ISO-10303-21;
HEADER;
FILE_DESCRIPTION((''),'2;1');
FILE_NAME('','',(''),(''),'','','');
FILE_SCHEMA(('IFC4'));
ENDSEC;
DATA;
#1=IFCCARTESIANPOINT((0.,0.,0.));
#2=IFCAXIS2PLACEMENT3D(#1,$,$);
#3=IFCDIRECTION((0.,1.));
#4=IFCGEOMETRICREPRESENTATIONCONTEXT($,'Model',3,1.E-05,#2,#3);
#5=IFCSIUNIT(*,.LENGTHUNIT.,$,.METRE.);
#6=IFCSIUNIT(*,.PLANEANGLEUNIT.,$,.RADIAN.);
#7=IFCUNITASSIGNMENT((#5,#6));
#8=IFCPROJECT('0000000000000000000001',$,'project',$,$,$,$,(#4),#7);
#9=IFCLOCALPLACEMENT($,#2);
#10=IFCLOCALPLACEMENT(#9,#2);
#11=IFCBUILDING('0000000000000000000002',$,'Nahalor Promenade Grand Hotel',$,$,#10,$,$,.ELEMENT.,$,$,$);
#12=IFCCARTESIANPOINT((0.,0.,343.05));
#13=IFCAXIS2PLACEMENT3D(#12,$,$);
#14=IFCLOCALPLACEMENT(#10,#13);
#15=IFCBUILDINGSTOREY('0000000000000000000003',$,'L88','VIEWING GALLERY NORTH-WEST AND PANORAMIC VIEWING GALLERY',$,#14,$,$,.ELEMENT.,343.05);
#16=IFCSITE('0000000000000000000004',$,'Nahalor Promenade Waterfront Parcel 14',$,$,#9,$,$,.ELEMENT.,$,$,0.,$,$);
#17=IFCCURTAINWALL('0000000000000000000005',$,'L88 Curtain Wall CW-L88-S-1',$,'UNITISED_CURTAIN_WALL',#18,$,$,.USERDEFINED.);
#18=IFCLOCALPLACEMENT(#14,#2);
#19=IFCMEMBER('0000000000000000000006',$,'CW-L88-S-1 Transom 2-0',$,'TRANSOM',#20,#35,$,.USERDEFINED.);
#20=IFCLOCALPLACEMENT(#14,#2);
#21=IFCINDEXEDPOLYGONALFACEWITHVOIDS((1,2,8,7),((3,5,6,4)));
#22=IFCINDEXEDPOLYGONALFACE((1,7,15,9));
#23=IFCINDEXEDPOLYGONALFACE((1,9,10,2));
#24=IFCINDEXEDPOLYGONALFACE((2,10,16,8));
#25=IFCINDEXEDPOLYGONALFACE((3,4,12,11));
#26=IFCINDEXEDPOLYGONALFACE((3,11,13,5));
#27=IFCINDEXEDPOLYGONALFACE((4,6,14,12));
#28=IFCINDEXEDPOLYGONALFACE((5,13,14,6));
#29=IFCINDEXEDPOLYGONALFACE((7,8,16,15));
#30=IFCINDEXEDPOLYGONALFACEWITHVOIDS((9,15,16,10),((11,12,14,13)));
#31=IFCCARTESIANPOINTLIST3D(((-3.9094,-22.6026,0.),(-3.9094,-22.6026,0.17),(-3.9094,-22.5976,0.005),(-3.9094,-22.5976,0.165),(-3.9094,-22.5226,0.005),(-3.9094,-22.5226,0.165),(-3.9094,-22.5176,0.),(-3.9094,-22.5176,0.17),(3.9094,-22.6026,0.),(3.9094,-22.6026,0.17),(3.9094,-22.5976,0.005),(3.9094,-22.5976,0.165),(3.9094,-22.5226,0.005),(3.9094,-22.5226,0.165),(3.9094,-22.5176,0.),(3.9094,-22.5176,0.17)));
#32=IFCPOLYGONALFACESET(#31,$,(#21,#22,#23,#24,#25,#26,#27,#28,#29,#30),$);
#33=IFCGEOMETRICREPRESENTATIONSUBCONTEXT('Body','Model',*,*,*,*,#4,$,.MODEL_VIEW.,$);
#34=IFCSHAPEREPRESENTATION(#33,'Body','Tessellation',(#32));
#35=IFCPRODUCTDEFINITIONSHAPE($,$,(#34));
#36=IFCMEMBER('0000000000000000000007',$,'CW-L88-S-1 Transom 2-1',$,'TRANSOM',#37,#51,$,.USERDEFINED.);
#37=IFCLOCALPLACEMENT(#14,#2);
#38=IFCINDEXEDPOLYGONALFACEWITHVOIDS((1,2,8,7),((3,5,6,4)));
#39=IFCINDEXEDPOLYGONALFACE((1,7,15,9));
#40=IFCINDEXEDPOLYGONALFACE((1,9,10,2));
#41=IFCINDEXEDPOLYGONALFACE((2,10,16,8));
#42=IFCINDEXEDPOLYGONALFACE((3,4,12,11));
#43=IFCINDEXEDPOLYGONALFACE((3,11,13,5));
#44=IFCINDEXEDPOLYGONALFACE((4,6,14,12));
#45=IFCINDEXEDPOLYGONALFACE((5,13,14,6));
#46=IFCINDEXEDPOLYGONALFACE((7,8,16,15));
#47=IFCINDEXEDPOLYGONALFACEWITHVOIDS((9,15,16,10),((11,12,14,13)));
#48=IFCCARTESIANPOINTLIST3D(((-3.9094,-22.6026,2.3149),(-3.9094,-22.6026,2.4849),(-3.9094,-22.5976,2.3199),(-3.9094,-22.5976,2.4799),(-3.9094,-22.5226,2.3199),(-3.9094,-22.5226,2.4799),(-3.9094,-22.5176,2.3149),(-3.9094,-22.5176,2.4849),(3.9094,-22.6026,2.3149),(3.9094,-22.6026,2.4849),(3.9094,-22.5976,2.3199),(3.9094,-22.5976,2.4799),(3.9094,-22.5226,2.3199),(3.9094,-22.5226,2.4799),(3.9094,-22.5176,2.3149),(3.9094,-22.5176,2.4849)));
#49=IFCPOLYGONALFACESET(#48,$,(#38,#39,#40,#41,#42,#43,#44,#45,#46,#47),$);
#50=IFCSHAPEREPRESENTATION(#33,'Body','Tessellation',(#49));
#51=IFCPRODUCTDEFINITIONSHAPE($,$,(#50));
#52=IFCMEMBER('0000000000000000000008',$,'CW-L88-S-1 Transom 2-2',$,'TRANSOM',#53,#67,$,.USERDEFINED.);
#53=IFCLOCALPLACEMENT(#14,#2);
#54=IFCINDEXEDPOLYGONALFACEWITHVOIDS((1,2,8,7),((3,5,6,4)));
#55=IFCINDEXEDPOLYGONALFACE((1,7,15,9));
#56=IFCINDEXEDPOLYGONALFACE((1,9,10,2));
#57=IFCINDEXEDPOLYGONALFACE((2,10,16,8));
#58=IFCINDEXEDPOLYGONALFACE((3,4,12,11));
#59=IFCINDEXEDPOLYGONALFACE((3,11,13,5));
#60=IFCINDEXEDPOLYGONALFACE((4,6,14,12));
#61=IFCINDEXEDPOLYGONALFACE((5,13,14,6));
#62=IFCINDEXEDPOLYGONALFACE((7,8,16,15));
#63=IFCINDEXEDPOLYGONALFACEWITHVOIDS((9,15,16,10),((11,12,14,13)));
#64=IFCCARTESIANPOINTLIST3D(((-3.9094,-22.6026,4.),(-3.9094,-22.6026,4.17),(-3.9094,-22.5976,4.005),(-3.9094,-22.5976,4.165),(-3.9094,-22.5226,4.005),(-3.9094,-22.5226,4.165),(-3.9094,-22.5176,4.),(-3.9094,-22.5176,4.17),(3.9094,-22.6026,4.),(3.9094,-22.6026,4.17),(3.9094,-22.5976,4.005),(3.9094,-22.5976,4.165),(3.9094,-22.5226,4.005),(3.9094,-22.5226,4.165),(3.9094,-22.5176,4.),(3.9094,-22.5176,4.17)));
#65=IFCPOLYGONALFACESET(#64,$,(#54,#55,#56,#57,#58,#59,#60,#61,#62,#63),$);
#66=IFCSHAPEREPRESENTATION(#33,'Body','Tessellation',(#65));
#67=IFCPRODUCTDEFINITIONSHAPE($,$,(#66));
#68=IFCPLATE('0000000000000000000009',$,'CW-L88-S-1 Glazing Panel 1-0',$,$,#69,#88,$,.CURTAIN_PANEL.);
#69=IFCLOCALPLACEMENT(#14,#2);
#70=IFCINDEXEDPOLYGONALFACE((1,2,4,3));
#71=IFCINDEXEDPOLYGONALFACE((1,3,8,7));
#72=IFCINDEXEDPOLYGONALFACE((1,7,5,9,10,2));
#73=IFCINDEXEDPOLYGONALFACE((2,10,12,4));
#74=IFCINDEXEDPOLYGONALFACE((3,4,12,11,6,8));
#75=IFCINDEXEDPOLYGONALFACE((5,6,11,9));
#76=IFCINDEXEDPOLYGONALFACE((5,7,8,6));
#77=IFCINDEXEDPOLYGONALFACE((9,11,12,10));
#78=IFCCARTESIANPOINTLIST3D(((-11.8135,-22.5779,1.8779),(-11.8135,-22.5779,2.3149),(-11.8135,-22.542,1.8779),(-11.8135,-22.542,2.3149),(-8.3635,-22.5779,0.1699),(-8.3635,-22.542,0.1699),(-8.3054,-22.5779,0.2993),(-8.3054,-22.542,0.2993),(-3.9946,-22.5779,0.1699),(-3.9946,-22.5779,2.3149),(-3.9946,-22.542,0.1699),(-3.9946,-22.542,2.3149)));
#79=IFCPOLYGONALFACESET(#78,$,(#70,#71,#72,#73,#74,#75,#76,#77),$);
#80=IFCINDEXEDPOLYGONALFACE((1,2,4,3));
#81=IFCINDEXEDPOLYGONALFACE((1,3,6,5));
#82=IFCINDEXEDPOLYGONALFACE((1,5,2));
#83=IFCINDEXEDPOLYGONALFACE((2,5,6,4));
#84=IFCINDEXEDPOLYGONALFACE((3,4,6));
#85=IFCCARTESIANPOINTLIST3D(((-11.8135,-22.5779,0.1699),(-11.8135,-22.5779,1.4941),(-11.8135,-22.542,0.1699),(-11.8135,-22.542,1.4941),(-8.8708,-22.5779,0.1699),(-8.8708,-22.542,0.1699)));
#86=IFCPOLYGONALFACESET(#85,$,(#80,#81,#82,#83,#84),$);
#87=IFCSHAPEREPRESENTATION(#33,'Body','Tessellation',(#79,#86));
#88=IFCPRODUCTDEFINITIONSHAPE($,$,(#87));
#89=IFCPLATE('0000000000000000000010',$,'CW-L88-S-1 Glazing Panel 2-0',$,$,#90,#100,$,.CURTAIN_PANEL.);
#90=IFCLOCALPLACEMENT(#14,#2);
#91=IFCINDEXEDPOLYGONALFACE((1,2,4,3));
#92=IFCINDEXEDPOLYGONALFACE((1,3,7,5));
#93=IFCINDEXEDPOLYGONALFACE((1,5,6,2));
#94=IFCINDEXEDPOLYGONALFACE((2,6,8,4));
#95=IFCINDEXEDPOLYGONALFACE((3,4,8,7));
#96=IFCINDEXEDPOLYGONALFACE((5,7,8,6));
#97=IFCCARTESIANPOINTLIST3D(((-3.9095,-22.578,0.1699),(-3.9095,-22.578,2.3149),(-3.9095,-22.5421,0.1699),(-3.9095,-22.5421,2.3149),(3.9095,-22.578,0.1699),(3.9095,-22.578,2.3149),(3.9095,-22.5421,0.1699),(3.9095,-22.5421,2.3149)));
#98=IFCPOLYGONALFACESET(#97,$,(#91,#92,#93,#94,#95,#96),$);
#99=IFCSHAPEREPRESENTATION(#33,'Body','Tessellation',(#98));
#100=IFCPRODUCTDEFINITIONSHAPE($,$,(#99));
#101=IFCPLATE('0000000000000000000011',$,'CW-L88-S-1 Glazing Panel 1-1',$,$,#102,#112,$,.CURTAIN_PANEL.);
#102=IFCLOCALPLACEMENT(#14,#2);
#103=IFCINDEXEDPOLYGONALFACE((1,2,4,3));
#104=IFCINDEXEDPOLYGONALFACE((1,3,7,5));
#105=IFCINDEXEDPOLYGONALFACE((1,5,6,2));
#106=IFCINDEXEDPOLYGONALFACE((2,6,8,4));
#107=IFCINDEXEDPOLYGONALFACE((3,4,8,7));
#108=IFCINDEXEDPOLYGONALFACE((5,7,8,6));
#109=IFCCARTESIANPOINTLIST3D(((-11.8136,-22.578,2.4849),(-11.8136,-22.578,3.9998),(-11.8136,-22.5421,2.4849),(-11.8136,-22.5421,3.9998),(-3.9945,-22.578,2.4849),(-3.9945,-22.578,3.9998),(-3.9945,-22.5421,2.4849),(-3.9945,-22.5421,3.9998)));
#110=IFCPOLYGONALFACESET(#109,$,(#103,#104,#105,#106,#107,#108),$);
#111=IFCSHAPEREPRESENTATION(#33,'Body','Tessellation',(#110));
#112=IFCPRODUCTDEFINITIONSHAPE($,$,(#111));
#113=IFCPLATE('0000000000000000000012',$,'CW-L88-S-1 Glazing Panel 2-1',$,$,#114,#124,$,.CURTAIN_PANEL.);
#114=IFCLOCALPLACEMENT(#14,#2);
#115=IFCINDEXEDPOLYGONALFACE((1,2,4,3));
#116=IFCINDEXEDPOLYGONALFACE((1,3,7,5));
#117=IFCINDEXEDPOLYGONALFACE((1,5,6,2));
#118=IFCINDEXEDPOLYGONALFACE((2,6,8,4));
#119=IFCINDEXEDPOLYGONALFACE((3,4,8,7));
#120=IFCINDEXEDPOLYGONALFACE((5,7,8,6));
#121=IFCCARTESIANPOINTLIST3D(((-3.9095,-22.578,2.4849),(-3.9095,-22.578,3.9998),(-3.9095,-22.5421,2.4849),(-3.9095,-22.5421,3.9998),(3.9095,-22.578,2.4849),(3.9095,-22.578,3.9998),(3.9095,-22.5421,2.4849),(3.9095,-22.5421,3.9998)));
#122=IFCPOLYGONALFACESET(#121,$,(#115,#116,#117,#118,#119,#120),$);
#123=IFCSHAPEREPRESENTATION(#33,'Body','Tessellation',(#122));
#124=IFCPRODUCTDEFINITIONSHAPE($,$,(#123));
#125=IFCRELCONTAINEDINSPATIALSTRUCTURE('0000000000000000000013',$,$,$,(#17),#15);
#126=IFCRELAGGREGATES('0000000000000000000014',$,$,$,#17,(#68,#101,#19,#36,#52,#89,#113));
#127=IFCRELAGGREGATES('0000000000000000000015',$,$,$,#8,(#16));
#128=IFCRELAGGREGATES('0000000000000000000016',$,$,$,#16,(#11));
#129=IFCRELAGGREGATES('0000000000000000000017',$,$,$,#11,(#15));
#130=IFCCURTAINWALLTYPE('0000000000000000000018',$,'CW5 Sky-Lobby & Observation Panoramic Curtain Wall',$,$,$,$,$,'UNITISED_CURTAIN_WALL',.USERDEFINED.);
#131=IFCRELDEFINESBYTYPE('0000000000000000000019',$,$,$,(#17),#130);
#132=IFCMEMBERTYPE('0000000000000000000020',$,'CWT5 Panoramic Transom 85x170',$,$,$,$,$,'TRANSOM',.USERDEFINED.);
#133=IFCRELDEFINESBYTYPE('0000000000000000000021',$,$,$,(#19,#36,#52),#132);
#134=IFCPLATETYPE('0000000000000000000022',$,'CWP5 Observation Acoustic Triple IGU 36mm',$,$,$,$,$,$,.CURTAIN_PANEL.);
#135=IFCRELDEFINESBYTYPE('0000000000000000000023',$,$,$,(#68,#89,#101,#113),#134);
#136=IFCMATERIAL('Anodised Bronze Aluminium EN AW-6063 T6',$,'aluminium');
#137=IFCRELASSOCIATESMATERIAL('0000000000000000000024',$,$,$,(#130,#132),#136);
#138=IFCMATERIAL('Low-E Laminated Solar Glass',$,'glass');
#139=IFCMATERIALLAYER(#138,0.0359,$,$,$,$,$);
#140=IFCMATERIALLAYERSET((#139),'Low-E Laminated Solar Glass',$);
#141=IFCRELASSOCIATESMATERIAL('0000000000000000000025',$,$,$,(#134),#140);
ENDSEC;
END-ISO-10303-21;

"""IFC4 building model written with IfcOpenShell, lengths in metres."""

from ifc_helpers import new_model, si_unit, direction, frame, origin, origin_2d, place, context, subcontext, project, spatial, polyline, rectangle, hollow_rectangle, outline, extrude, source, transform, mapped, material, layer, layer_set, material_profile, profile_set, type_object, element, aggregate, save


model = new_model("IFC4")

# Units and contexts
model_context = context("Model", 3, precision=1e-05, world=origin(), true_north=direction((0.0, 1.0)))
body_context = subcontext(model_context, "Body", "Model", "MODEL_VIEW")
ifc_project = project(units=[si_unit("LENGTHUNIT", "METRE"), si_unit("PLANEANGLEUNIT", "RADIAN")], contexts=[model_context])

# Site, building, storey
site_placement = place(None, origin())
site = spatial("IfcSite", under=ifc_project, at=site_placement, Name="Nahalor Promenade Waterfront Parcel 14", CompositionType="ELEMENT", RefElevation=0.0)
building_placement = place(site_placement, origin())
building = spatial("IfcBuilding", under=site, at=building_placement, Name="Nahalor Promenade Grand Hotel", CompositionType="ELEMENT")
storey_placement = place(building_placement, frame((0.0, 0.0, 343.05)))
storey = spatial("IfcBuildingStorey", under=building, at=storey_placement, Name="L88", Description="VIEWING GALLERY NORTH-WEST AND PANORAMIC VIEWING GALLERY", CompositionType="ELEMENT", Elevation=343.05)

# Curtain wall, members, plates
ifc_material_1 = material(Name="Anodised Bronze Aluminium EN AW-6063 T6", Category="aluminium")
curtain_wall_type = type_object("IfcCurtainWallType", Name="CW5 Sky-Lobby & Observation Panoramic Curtain Wall", ElementType="UNITISED_CURTAIN_WALL", PredefinedType="USERDEFINED", material=ifc_material_1)
curtain_wall_placement = place(storey_placement, origin())
curtain_wall = element("IfcCurtainWall", 1, at=curtain_wall_placement, inside=storey, type_object=curtain_wall_type, Name="L88 Curtain Wall CW-L88-S-1", ObjectType="UNITISED_CURTAIN_WALL", PredefinedType="USERDEFINED")
ifc_material_profile_1 = material_profile(ifc_material_1, hollow_rectangle(XDim=0.085, YDim=0.17, WallThickness=0.005, at=origin_2d()), Name="CWT 85x170x5")
ifc_profile_set_1 = profile_set([ifc_material_profile_1], Name="Anodised Bronze Aluminium EN AW-6063 T6")
member_type_1 = type_object("IfcMemberType", Name="CWT5 Panoramic Transom 85x170", ElementType="TRANSOM", PredefinedType="USERDEFINED", material=ifc_profile_set_1)
shared_shape_1 = source(origin(), body_context, "Body", "SweptSolid", [
    extrude(hollow_rectangle(XDim=0.085, YDim=0.17, WallThickness=0.005, at=origin_2d()), origin(), (0.0, 0.0, 1.0), 7.8188),
])
member_1_placement = place(storey_placement, frame((-3.9094, -22.5601, 0.085), z_axis=(1.0, 0.0, 0.0), x_axis=(0.0, 1.0, 0.0)))
member_1 = element("IfcMember", 2, at=member_1_placement, type_object=member_type_1, Name="CW-L88-S-1 Transom 2-0", ObjectType="TRANSOM", PredefinedType="USERDEFINED", context=body_context, shape_type="MappedRepresentation", body=[
    mapped(shared_shape_1, transform((0.0, 0.0, 0.0), scale=1.0)),
])
member_2_placement = place(storey_placement, frame((-3.9094, -22.5601, 2.3999), z_axis=(1.0, 0.0, 0.0), x_axis=(0.0, 1.0, 0.0)))
member_2 = element("IfcMember", 3, at=member_2_placement, type_object=member_type_1, Name="CW-L88-S-1 Transom 2-1", ObjectType="TRANSOM", PredefinedType="USERDEFINED", context=body_context, shape_type="MappedRepresentation", body=[
    mapped(shared_shape_1, transform((0.0, 0.0, 0.0), scale=1.0)),
])
member_3_placement = place(storey_placement, frame((-3.9094, -22.5601, 4.085), z_axis=(1.0, 0.0, 0.0), x_axis=(0.0, 1.0, 0.0)))
member_3 = element("IfcMember", 4, at=member_3_placement, type_object=member_type_1, Name="CW-L88-S-1 Transom 2-2", ObjectType="TRANSOM", PredefinedType="USERDEFINED", context=body_context, shape_type="MappedRepresentation", body=[
    mapped(shared_shape_1, transform((0.0, 0.0, 0.0), scale=1.0)),
])
ifc_material_2 = material(Name="Low-E Laminated Solar Glass", Category="glass")
ifc_layer = layer(ifc_material_2, 0.0359)
ifc_layer_set = layer_set([ifc_layer], Name="Low-E Laminated Solar Glass")
plate_type = type_object("IfcPlateType", Name="CWP5 Observation Acoustic Triple IGU 36mm", PredefinedType="CURTAIN_PANEL", material=ifc_layer_set)
plate_1_placement = place(storey_placement, frame((-7.9041, -22.5601, 0.1699), z_axis=(0.0, 0.0, 1.0), x_axis=(1.0, 0.0, 0.0)))
plate_1 = element("IfcPlate", 5, at=plate_1_placement, type_object=plate_type, Name="CW-L88-S-1 Glazing Panel 1-0", PredefinedType="CURTAIN_PANEL", context=body_context, shape_type="SweptSolid", body=[
    extrude(outline(polyline([(3.9094, 2.145), (-3.9094, 2.145), (-3.9094, 1.708), (-0.4014, 0.1294), (-0.4595, 0.0), (3.9094, 0.0), (3.9094, 2.145)])), frame((0.0, 0.0181, 0.0), z_axis=(0.0, -1.0, 0.0), x_axis=(1.0, 0.0, 0.0)), (0.0, 0.0, 1.0), 0.0359),
    extrude(outline(polyline([(-3.9094, 1.3242), (-3.9094, 0.0), (-0.9668, 0.0), (-3.9094, 1.3242)])), frame((0.0, 0.0181, 0.0), z_axis=(0.0, -1.0, 0.0), x_axis=(1.0, 0.0, 0.0)), (0.0, 0.0, 1.0), 0.0359),
])
shared_shape_2 = source(origin(), body_context, "Body", "SweptSolid", [
    extrude(rectangle(XDim=7.8191, YDim=0.0359, at=origin_2d()), origin(), (0.0, 0.0, 1.0), 2.145),
])
plate_2_placement = place(storey_placement, frame((0.0, -22.5601, 0.1699), z_axis=(0.0, 0.0, 1.0), x_axis=(1.0, 0.0, 0.0)))
plate_2 = element("IfcPlate", 6, at=plate_2_placement, type_object=plate_type, Name="CW-L88-S-1 Glazing Panel 2-0", PredefinedType="CURTAIN_PANEL", context=body_context, shape_type="MappedRepresentation", body=[
    mapped(shared_shape_2, transform((0.0, 0.0, 0.0), scale=1.0)),
])
shared_shape_3 = source(origin(), body_context, "Body", "SweptSolid", [
    extrude(rectangle(XDim=7.8191, YDim=0.0359, at=origin_2d()), origin(), (0.0, 0.0, 1.0), 1.5149),
])
plate_3_placement = place(storey_placement, frame((-7.9041, -22.5601, 2.4849), z_axis=(0.0, 0.0, 1.0), x_axis=(1.0, 0.0, 0.0)))
plate_3 = element("IfcPlate", 7, at=plate_3_placement, type_object=plate_type, Name="CW-L88-S-1 Glazing Panel 1-1", PredefinedType="CURTAIN_PANEL", context=body_context, shape_type="MappedRepresentation", body=[
    mapped(shared_shape_3, transform((0.0, 0.0, 0.0), scale=1.0)),
])
plate_4_placement = place(storey_placement, frame((0.0, -22.5601, 2.4849), z_axis=(0.0, 0.0, 1.0), x_axis=(1.0, 0.0, 0.0)))
plate_4 = element("IfcPlate", 8, at=plate_4_placement, type_object=plate_type, Name="CW-L88-S-1 Glazing Panel 2-1", PredefinedType="CURTAIN_PANEL", context=body_context, shape_type="MappedRepresentation", body=[
    mapped(shared_shape_3, transform((0.0, 0.0, 0.0), scale=1.0)),
])
aggregate(curtain_wall, [plate_1, plate_3, member_1, member_2, member_3, plate_2, plate_4])

save(model, "model.ifc")
